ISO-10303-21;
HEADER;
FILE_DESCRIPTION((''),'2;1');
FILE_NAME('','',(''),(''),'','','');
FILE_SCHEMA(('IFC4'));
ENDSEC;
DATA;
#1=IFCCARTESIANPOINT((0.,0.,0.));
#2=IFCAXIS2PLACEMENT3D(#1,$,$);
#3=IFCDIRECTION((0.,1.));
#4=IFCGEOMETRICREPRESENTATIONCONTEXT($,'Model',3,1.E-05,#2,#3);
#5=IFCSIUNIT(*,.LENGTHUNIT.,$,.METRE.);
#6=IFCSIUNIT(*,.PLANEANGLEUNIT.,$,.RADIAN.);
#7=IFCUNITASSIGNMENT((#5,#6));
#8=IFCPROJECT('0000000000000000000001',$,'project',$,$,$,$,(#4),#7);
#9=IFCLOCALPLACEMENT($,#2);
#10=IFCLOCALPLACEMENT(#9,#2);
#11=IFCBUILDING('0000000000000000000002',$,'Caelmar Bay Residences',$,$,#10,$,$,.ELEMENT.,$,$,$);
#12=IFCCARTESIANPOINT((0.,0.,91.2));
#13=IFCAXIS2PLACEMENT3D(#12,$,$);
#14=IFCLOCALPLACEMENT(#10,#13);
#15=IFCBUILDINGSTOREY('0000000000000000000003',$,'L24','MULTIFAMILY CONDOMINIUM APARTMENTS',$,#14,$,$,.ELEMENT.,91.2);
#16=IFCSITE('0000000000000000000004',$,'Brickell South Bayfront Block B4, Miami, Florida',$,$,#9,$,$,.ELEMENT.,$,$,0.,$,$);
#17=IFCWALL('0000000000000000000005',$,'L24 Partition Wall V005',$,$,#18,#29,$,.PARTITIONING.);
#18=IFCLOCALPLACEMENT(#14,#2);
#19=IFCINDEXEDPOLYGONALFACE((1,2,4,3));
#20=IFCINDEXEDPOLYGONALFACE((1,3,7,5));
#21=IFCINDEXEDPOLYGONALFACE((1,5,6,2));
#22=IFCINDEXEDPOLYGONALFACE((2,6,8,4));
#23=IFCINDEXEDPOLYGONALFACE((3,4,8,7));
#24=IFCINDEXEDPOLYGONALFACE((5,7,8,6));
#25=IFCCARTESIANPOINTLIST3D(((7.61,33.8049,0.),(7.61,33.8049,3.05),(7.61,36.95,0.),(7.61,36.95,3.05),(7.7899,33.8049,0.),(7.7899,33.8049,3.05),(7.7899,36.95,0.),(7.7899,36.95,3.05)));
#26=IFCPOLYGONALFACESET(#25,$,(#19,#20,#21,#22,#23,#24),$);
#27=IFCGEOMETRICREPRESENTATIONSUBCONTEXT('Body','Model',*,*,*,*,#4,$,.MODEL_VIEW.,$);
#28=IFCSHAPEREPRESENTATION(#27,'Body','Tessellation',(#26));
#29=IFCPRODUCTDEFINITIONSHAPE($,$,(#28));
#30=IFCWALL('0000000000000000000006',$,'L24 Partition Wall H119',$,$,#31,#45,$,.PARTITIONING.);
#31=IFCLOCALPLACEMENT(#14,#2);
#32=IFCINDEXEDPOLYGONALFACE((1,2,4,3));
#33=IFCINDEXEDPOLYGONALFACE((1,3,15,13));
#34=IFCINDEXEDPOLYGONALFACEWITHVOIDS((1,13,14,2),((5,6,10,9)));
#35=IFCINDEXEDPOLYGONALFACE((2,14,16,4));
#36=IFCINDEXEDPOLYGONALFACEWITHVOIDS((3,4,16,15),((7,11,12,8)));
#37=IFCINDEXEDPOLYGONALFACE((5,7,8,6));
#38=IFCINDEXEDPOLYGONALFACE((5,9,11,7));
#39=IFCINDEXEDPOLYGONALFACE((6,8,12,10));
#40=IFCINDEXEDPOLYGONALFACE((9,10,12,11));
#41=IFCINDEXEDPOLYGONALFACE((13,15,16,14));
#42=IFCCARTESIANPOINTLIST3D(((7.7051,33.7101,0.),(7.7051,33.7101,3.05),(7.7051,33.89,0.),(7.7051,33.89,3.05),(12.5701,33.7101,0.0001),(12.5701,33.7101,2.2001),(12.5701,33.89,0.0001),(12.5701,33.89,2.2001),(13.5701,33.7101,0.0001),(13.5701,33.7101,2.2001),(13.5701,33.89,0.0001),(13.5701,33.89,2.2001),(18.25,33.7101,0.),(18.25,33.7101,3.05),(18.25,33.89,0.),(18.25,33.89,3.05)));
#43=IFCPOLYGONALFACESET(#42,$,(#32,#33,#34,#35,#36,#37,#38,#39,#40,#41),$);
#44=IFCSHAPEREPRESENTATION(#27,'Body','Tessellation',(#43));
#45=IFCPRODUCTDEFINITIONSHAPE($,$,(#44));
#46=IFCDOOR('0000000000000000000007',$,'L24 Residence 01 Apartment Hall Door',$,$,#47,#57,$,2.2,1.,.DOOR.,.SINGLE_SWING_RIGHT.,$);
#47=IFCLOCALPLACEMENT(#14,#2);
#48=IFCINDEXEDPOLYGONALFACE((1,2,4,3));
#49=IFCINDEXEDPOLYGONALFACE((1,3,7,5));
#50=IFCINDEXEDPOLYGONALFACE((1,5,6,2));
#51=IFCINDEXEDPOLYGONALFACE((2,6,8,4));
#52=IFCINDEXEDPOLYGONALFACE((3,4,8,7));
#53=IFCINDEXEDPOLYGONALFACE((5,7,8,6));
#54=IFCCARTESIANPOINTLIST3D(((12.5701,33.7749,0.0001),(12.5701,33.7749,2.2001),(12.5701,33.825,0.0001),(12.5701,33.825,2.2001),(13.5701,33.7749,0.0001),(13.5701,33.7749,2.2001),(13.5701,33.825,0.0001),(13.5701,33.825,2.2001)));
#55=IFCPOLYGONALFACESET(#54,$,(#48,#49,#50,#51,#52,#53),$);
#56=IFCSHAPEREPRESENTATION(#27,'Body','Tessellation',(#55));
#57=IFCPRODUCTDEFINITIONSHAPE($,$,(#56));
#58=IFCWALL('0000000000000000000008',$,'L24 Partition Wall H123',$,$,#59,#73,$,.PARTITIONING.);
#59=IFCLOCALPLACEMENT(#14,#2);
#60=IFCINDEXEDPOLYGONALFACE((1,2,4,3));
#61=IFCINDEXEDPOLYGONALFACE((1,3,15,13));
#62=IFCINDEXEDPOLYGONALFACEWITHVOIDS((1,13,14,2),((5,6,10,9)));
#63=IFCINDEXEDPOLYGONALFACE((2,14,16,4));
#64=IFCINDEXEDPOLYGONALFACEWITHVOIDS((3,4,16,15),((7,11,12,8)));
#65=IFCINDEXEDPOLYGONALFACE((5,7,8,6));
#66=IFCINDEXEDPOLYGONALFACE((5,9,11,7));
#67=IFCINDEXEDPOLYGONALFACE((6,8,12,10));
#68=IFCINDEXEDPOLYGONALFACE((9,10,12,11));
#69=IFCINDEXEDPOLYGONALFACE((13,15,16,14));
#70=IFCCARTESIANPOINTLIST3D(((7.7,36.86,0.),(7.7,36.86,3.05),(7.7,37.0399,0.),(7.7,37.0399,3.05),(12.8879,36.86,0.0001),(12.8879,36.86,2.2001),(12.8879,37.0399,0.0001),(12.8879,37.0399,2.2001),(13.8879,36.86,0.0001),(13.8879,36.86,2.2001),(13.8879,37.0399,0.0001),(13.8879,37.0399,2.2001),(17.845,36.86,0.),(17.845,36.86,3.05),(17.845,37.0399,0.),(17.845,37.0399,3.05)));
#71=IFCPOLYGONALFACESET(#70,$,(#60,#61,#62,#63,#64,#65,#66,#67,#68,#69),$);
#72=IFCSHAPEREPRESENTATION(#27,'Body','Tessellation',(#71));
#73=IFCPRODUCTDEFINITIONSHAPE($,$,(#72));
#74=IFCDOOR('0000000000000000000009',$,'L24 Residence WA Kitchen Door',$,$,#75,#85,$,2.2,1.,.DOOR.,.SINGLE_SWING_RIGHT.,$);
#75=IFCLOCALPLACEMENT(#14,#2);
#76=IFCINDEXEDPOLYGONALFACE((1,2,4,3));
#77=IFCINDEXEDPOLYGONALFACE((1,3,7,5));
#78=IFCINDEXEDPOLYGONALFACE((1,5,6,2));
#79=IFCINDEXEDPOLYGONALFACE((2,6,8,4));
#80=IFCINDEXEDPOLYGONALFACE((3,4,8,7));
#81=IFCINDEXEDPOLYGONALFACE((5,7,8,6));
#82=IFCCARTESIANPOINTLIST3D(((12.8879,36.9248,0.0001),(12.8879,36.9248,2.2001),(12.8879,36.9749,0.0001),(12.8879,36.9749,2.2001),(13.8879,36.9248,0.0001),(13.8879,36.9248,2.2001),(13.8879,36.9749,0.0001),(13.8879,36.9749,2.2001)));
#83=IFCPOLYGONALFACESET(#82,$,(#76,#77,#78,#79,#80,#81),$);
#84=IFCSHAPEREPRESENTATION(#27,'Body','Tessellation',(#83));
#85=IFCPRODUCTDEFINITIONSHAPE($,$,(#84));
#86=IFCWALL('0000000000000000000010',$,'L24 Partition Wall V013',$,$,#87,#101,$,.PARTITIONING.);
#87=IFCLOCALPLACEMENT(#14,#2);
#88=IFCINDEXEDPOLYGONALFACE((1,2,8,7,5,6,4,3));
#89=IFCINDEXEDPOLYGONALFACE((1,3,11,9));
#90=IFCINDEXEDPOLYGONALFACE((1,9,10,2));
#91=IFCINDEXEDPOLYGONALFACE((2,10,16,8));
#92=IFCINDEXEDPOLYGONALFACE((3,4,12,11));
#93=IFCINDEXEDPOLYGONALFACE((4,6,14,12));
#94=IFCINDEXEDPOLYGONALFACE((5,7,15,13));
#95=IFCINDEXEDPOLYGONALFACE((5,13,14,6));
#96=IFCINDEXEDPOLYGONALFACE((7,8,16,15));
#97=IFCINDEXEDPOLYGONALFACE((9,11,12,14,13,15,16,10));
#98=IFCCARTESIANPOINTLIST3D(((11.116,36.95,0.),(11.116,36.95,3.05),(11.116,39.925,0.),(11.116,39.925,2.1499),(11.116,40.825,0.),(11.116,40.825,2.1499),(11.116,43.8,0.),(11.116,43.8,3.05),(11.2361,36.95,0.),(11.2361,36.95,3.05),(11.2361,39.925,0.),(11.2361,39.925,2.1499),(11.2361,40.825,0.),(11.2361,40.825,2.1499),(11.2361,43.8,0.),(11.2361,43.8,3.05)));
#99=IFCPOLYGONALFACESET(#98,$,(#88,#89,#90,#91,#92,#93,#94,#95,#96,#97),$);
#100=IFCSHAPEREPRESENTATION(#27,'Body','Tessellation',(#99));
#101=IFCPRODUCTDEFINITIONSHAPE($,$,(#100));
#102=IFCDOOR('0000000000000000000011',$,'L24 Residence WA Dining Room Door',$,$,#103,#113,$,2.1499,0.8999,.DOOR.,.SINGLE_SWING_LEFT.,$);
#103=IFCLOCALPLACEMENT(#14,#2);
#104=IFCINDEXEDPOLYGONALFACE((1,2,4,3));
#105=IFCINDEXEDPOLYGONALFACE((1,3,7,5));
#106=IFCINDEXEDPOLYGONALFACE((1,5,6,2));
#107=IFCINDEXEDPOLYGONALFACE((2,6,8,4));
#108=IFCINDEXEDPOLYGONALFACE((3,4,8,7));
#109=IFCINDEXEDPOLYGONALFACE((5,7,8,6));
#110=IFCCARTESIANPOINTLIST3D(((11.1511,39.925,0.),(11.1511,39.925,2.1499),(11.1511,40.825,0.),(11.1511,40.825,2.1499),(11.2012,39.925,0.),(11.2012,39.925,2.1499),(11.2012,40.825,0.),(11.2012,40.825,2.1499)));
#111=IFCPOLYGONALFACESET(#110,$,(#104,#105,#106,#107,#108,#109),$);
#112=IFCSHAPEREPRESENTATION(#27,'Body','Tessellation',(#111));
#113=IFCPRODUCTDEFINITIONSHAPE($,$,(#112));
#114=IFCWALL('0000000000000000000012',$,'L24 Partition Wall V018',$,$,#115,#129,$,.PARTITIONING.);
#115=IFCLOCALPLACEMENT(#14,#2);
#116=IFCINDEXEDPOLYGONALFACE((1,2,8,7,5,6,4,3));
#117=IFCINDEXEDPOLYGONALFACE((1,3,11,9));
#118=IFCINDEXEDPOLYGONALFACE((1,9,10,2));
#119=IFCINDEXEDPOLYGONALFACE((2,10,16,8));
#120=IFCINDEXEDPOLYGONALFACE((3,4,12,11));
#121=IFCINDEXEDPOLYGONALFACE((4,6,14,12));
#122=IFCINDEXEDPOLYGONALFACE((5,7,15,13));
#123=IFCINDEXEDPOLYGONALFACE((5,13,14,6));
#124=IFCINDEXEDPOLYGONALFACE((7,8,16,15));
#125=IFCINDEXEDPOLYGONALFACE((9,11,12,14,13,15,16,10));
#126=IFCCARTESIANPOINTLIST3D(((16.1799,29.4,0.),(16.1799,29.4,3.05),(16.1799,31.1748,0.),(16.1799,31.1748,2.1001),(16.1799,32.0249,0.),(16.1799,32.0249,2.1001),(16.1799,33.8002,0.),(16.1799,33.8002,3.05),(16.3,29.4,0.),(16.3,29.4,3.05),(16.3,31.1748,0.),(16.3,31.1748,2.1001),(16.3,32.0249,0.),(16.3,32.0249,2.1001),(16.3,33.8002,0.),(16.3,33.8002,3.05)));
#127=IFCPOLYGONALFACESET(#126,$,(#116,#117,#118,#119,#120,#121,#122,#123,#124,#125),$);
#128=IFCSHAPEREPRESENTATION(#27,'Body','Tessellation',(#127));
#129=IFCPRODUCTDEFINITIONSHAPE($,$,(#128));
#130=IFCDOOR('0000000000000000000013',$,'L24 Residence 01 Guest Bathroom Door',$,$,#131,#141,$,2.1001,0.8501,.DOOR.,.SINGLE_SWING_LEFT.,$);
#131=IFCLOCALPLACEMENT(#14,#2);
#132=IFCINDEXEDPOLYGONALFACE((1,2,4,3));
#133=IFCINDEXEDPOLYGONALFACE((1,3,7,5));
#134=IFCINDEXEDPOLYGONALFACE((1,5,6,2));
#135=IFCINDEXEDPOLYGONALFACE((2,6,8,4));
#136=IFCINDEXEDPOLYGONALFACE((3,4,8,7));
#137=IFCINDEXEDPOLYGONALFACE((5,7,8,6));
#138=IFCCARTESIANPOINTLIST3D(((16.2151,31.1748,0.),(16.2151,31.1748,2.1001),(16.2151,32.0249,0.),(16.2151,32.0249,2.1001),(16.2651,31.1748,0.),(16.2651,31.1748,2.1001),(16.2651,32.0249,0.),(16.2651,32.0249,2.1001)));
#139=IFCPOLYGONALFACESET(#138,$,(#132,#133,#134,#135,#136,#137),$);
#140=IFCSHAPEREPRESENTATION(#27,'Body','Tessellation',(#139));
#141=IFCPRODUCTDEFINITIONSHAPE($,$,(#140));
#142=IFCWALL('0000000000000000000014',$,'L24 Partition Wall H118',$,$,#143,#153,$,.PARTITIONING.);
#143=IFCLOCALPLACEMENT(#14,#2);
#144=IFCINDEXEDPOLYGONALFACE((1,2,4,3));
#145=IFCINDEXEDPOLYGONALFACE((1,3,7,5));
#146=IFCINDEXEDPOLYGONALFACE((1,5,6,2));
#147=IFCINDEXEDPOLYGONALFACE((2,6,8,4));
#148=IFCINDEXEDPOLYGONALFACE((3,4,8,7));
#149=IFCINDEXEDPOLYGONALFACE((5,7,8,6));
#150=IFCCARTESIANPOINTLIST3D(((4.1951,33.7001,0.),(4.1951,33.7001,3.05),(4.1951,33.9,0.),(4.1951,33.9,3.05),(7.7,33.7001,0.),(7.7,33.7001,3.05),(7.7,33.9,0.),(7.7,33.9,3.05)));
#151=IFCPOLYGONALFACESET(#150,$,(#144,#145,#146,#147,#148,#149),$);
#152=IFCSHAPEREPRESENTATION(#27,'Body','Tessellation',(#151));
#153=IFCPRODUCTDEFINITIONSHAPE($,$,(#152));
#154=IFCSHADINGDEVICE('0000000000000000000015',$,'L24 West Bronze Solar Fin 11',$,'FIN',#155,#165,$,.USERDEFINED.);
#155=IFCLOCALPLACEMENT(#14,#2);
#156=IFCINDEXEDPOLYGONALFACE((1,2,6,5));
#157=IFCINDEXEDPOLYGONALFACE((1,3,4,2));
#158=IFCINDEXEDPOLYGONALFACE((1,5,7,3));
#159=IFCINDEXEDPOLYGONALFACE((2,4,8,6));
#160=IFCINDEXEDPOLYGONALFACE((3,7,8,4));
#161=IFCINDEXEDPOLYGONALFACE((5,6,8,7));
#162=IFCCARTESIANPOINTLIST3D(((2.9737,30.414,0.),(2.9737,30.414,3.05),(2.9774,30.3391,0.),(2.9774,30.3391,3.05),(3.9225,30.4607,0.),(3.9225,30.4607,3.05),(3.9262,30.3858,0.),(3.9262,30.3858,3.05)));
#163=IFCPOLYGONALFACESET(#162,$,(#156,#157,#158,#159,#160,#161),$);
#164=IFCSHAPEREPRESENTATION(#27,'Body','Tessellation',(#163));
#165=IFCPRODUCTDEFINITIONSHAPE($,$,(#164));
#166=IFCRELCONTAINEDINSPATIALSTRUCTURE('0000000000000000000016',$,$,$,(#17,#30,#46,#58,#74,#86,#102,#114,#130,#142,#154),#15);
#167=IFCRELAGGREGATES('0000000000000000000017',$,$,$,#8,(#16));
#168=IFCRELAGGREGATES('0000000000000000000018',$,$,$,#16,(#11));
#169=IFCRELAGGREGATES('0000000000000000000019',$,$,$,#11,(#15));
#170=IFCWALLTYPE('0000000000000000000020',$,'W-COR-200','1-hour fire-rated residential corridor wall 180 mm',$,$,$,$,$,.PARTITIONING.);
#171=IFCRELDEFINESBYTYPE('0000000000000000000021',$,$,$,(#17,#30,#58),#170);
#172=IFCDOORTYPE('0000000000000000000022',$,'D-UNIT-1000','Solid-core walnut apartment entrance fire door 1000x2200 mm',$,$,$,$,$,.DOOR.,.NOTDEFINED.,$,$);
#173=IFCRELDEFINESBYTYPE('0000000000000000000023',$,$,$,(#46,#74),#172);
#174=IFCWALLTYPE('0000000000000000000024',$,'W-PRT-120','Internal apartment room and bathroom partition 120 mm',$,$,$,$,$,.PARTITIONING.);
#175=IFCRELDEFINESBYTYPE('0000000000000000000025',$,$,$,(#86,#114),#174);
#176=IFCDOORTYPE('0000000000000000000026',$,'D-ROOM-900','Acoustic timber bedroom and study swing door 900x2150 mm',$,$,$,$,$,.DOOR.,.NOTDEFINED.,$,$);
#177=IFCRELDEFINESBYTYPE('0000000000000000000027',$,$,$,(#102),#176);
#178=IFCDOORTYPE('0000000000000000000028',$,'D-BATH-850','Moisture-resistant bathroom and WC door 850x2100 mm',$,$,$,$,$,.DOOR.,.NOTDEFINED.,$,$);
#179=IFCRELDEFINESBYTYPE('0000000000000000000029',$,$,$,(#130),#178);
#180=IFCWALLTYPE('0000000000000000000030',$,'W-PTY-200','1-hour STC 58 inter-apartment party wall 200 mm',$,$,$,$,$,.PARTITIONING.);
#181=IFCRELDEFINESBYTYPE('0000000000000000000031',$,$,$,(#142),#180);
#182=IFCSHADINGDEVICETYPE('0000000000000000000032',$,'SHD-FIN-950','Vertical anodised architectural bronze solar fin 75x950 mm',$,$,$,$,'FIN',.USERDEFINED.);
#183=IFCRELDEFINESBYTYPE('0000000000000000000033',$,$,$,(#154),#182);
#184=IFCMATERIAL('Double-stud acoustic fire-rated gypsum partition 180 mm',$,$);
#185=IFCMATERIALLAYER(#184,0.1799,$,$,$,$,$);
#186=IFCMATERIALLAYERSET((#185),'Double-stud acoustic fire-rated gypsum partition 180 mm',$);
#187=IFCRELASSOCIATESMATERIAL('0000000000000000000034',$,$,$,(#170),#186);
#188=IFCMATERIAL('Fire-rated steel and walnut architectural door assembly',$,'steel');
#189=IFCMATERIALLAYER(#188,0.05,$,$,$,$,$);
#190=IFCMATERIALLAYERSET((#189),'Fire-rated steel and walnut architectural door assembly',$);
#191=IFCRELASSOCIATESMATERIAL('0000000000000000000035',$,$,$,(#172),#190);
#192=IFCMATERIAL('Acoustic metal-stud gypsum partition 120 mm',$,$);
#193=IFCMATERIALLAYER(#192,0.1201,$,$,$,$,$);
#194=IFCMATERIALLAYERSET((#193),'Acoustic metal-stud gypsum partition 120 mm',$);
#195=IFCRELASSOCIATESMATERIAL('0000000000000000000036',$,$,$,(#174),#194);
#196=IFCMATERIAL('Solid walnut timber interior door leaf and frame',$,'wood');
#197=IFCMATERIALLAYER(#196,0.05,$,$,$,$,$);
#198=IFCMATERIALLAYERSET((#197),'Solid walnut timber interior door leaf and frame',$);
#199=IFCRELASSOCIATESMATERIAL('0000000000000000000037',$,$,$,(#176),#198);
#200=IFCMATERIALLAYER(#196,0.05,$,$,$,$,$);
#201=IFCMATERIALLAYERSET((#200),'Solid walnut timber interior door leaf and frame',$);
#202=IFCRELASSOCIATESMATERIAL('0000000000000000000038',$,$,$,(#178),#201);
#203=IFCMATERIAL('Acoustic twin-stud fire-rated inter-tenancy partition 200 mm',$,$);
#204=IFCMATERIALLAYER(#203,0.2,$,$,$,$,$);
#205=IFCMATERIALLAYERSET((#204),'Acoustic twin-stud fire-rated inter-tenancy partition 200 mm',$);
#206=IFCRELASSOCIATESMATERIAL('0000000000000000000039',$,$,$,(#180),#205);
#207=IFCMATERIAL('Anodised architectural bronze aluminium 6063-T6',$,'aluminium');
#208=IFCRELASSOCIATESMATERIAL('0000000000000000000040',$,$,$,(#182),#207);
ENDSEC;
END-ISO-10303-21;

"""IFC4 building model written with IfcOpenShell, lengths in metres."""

from ifc_helpers import new_model, si_unit, direction, frame, frame_2d, origin, origin_2d, place, context, subcontext, project, spatial, rectangle, extrude, material, layer, layer_set, material_profile, profile_set, type_object, element, fill, save


model = new_model("IFC4")

# Units and contexts
model_context = context("Model", 3, precision=1e-05, world=origin(), true_north=direction((0.0, 1.0)))
body_context = subcontext(model_context, "Body", "Model", "MODEL_VIEW")
ifc_project = project(units=[si_unit("LENGTHUNIT", "METRE"), si_unit("PLANEANGLEUNIT", "RADIAN")], contexts=[model_context])

# Site, building, storey
site_placement = place(None, origin())
site = spatial("IfcSite", under=ifc_project, at=site_placement, Name="Brickell South Bayfront Block B4, Miami, Florida", CompositionType="ELEMENT", RefElevation=0.0)
building_placement = place(site_placement, origin())
building = spatial("IfcBuilding", under=site, at=building_placement, Name="Caelmar Bay Residences", CompositionType="ELEMENT")
storey_placement = place(building_placement, frame((0.0, 0.0, 91.2)))
storey = spatial("IfcBuildingStorey", under=building, at=storey_placement, Name="L24", Description="MULTIFAMILY CONDOMINIUM APARTMENTS", CompositionType="ELEMENT", Elevation=91.2)

# Wall
ifc_material_1 = material(Name="Double-stud acoustic fire-rated gypsum partition 180 mm")
ifc_layer_1 = layer(ifc_material_1, 0.1799)
ifc_layer_set_1 = layer_set([ifc_layer_1], Name="Double-stud acoustic fire-rated gypsum partition 180 mm")
wall_type_1 = type_object("IfcWallType", Name="W-COR-200", Description="1-hour fire-rated residential corridor wall 180 mm", PredefinedType="PARTITIONING", material=ifc_layer_set_1)
wall_1_placement = place(storey_placement, frame((7.7, 33.8049, 0.0), z_axis=(0.0, 0.0, 1.0), x_axis=(0.0, 1.0, 0.0)))
element("IfcWall", 1, at=wall_1_placement, inside=storey, type_object=wall_type_1, Name="L24 Partition Wall V005", PredefinedType="PARTITIONING", context=body_context, shape_type="SweptSolid", body=[
    extrude(rectangle(XDim=3.145, YDim=0.1799, at=frame_2d((1.5725, 0.0))), origin(), (0.0, 0.0, 1.0), 3.05),
])

# Walls, openings, doors
wall_2_placement = place(storey_placement, frame((7.7051, 33.8, 0.0), z_axis=(0.0, 0.0, 1.0), x_axis=(1.0, 0.0, 0.0)))
wall_2 = element("IfcWall", 2, at=wall_2_placement, inside=storey, type_object=wall_type_1, Name="L24 Partition Wall H119", PredefinedType="PARTITIONING", context=body_context, shape_type="SweptSolid", body=[
    extrude(rectangle(XDim=10.5449, YDim=0.1799, at=frame_2d((5.2725, 0.0))), origin(), (0.0, 0.0, 1.0), 3.05),
])
opening_1_placement = place(wall_2_placement, frame((4.865, 0.0, 0.0)))
opening_1 = element("IfcOpeningElement", 3, at=opening_1_placement, cuts=wall_2, PredefinedType="OPENING", context=body_context, shape_type="SweptSolid", body=[
    extrude(rectangle(XDim=1.0, YDim=2.2, at=frame_2d((0.5, 1.1001))), frame((0.0, 0.0999, 0.0), z_axis=(0.0, -1.0, 0.0), x_axis=(1.0, 0.0, 0.0)), (0.0, 0.0, 1.0), 0.2),
])
ifc_material_2 = material(Name="Fire-rated steel and walnut architectural door assembly", Category="steel")
ifc_layer_2 = layer(ifc_material_2, 0.05)
ifc_layer_set_2 = layer_set([ifc_layer_2], Name="Fire-rated steel and walnut architectural door assembly")
door_type_1 = type_object("IfcDoorType", Name="D-UNIT-1000", Description="Solid-core walnut apartment entrance fire door 1000x2200 mm", OperationType="NOTDEFINED", PredefinedType="DOOR", material=ifc_layer_set_2)
door_1_placement = place(opening_1_placement, origin())
door_1 = element("IfcDoor", 4, at=door_1_placement, inside=storey, type_object=door_type_1, Name="L24 Residence 01 Apartment Hall Door", OperationType="SINGLE_SWING_RIGHT", OverallHeight=2.2, OverallWidth=1.0, PredefinedType="DOOR", context=body_context, shape_type="SweptSolid", body=[
    extrude(rectangle(XDim=1.0, YDim=2.2, at=frame_2d((0.5, 1.1001))), frame((0.0, 0.0249, 0.0), z_axis=(0.0, -1.0, 0.0), x_axis=(1.0, 0.0, 0.0)), (0.0, 0.0, 1.0), 0.05),
])
fill(opening_1, door_1)
wall_3_placement = place(storey_placement, frame((7.7, 36.95, 0.0), z_axis=(0.0, 0.0, 1.0), x_axis=(1.0, 0.0, 0.0)))
wall_3 = element("IfcWall", 5, at=wall_3_placement, inside=storey, type_object=wall_type_1, Name="L24 Partition Wall H123", PredefinedType="PARTITIONING", context=body_context, shape_type="SweptSolid", body=[
    extrude(rectangle(XDim=10.145, YDim=0.1799, at=frame_2d((5.0725, 0.0))), origin(), (0.0, 0.0, 1.0), 3.05),
])
opening_2_placement = place(wall_3_placement, frame((5.188, 0.0, 0.0)))
opening_2 = element("IfcOpeningElement", 6, at=opening_2_placement, cuts=wall_3, PredefinedType="OPENING", context=body_context, shape_type="SweptSolid", body=[
    extrude(rectangle(XDim=1.0, YDim=2.2, at=frame_2d((0.5, 1.1001))), frame((0.0, 0.0999, 0.0), z_axis=(0.0, -1.0, 0.0), x_axis=(1.0, 0.0, 0.0)), (0.0, 0.0, 1.0), 0.2),
])
door_2_placement = place(opening_2_placement, origin())
door_2 = element("IfcDoor", 7, at=door_2_placement, inside=storey, type_object=door_type_1, Name="L24 Residence WA Kitchen Door", OperationType="SINGLE_SWING_RIGHT", OverallHeight=2.2, OverallWidth=1.0, PredefinedType="DOOR", context=body_context, shape_type="SweptSolid", body=[
    extrude(rectangle(XDim=1.0, YDim=2.2, at=frame_2d((0.5, 1.1001))), frame((0.0, 0.0249, 0.0), z_axis=(0.0, -1.0, 0.0), x_axis=(1.0, 0.0, 0.0)), (0.0, 0.0, 1.0), 0.05),
])
fill(opening_2, door_2)
ifc_material_3 = material(Name="Acoustic metal-stud gypsum partition 120 mm")
ifc_layer_3 = layer(ifc_material_3, 0.1201)
ifc_layer_set_3 = layer_set([ifc_layer_3], Name="Acoustic metal-stud gypsum partition 120 mm")
wall_type_2 = type_object("IfcWallType", Name="W-PRT-120", Description="Internal apartment room and bathroom partition 120 mm", PredefinedType="PARTITIONING", material=ifc_layer_set_3)
wall_4_placement = place(storey_placement, frame((11.176, 36.95, 0.0), z_axis=(0.0, 0.0, 1.0), x_axis=(0.0, 1.0, 0.0)))
wall_4 = element("IfcWall", 8, at=wall_4_placement, inside=storey, type_object=wall_type_2, Name="L24 Partition Wall V013", PredefinedType="PARTITIONING", context=body_context, shape_type="SweptSolid", body=[
    extrude(rectangle(XDim=6.8501, YDim=0.1201, at=frame_2d((3.425, 0.0))), origin(), (0.0, 0.0, 1.0), 3.05),
])
opening_3_placement = place(wall_4_placement, frame((2.9751, 0.0, 0.0)))
opening_3 = element("IfcOpeningElement", 9, at=opening_3_placement, cuts=wall_4, PredefinedType="OPENING", context=body_context, shape_type="SweptSolid", body=[
    extrude(rectangle(XDim=0.8999, YDim=2.1499, at=frame_2d((0.45, 1.075))), frame((0.0, 0.0701, 0.0), z_axis=(0.0, -1.0, 0.0), x_axis=(1.0, 0.0, 0.0)), (0.0, 0.0, 1.0), 0.1401),
])
ifc_material_4 = material(Name="Solid walnut timber interior door leaf and frame", Category="wood")
ifc_layer_4 = layer(ifc_material_4, 0.05)
ifc_layer_set_4 = layer_set([ifc_layer_4], Name="Solid walnut timber interior door leaf and frame")
door_type_2 = type_object("IfcDoorType", Name="D-ROOM-900", Description="Acoustic timber bedroom and study swing door 900x2150 mm", OperationType="NOTDEFINED", PredefinedType="DOOR", material=ifc_layer_set_4)
door_3_placement = place(opening_3_placement, origin())
door_3 = element("IfcDoor", 10, at=door_3_placement, inside=storey, type_object=door_type_2, Name="L24 Residence WA Dining Room Door", OperationType="SINGLE_SWING_LEFT", OverallHeight=2.1499, OverallWidth=0.8999, PredefinedType="DOOR", context=body_context, shape_type="SweptSolid", body=[
    extrude(rectangle(XDim=0.8999, YDim=2.1499, at=frame_2d((0.45, 1.075))), frame((0.0, 0.0249, 0.0), z_axis=(0.0, -1.0, 0.0), x_axis=(1.0, 0.0, 0.0)), (0.0, 0.0, 1.0), 0.05),
])
fill(opening_3, door_3)
wall_5_placement = place(storey_placement, frame((16.24, 29.3999, 0.0), z_axis=(0.0, 0.0, 1.0), x_axis=(0.0, 1.0, 0.0)))
wall_5 = element("IfcWall", 11, at=wall_5_placement, inside=storey, type_object=wall_type_2, Name="L24 Partition Wall V018", PredefinedType="PARTITIONING", context=body_context, shape_type="SweptSolid", body=[
    extrude(rectangle(XDim=4.4001, YDim=0.1201, at=frame_2d((2.2002, 0.0))), origin(), (0.0, 0.0, 1.0), 3.05),
])
opening_4_placement = place(wall_5_placement, frame((1.7749, 0.0, 0.0)))
opening_4 = element("IfcOpeningElement", 12, at=opening_4_placement, cuts=wall_5, PredefinedType="OPENING", context=body_context, shape_type="SweptSolid", body=[
    extrude(rectangle(XDim=0.8501, YDim=2.1001, at=frame_2d((0.425, 1.05))), frame((0.0, 0.0701, 0.0), z_axis=(0.0, -1.0, 0.0), x_axis=(1.0, 0.0, 0.0)), (0.0, 0.0, 1.0), 0.1401),
])
ifc_layer_5 = layer(ifc_material_4, 0.05)
ifc_layer_set_5 = layer_set([ifc_layer_5], Name="Solid walnut timber interior door leaf and frame")
door_type_3 = type_object("IfcDoorType", Name="D-BATH-850", Description="Moisture-resistant bathroom and WC door 850x2100 mm", OperationType="NOTDEFINED", PredefinedType="DOOR", material=ifc_layer_set_5)
door_4_placement = place(opening_4_placement, origin())
door_4 = element("IfcDoor", 13, at=door_4_placement, inside=storey, type_object=door_type_3, Name="L24 Residence 01 Guest Bathroom Door", OperationType="SINGLE_SWING_LEFT", OverallHeight=2.1001, OverallWidth=0.8501, PredefinedType="DOOR", context=body_context, shape_type="SweptSolid", body=[
    extrude(rectangle(XDim=0.8501, YDim=2.1001, at=frame_2d((0.425, 1.05))), frame((0.0, 0.0249, 0.0), z_axis=(0.0, -1.0, 0.0), x_axis=(1.0, 0.0, 0.0)), (0.0, 0.0, 1.0), 0.05),
])
fill(opening_4, door_4)

# Wall
ifc_material_5 = material(Name="Acoustic twin-stud fire-rated inter-tenancy partition 200 mm")
ifc_layer_6 = layer(ifc_material_5, 0.2)
ifc_layer_set_6 = layer_set([ifc_layer_6], Name="Acoustic twin-stud fire-rated inter-tenancy partition 200 mm")
wall_type_3 = type_object("IfcWallType", Name="W-PTY-200", Description="1-hour STC 58 inter-apartment party wall 200 mm", PredefinedType="PARTITIONING", material=ifc_layer_set_6)
wall_6_placement = place(storey_placement, frame((4.1951, 33.8, 0.0), z_axis=(0.0, 0.0, 1.0), x_axis=(1.0, 0.0, 0.0)))
element("IfcWall", 14, at=wall_6_placement, inside=storey, type_object=wall_type_3, Name="L24 Partition Wall H118", PredefinedType="PARTITIONING", context=body_context, shape_type="SweptSolid", body=[
    extrude(rectangle(XDim=3.5049, YDim=0.2, at=frame_2d((1.7524, 0.0))), origin(), (0.0, 0.0, 1.0), 3.05),
])

# Shading device
ifc_material_6 = material(Name="Anodised architectural bronze aluminium 6063-T6", Category="aluminium")
ifc_material_profile_1 = material_profile(ifc_material_6, rectangle(XDim=0.075, YDim=0.95, at=origin_2d()), Name="BRONZE-FIN-75X950")
ifc_profile_set_1 = profile_set([ifc_material_profile_1], Name="Anodised architectural bronze aluminium 6063-T6")
shading_device_type = type_object("IfcShadingDeviceType", Name="SHD-FIN-950", Description="Vertical anodised architectural bronze solar fin 75x950 mm", ElementType="FIN", PredefinedType="USERDEFINED", material=ifc_profile_set_1)
for number, where, z_axis, x_axis, name in (
    (15, (3.45, 30.3999, 0.0), (0.0, 0.0, 1.0), (-0.049198, 0.998789, 0.0), "L24 West Bronze Solar Fin 11"),
):
    element("IfcShadingDevice", number, at=place(storey_placement, frame(where, z_axis=z_axis, x_axis=x_axis)), inside=storey, type_object=shading_device_type, Name=name, ObjectType="FIN", PredefinedType="USERDEFINED", context=body_context, shape_type="SweptSolid", body=[
        extrude(rectangle(XDim=0.075, YDim=0.95, at=origin_2d()), origin(), (0.0, 0.0, 1.0), 3.05),
    ])

save(model, "model.ifc")
